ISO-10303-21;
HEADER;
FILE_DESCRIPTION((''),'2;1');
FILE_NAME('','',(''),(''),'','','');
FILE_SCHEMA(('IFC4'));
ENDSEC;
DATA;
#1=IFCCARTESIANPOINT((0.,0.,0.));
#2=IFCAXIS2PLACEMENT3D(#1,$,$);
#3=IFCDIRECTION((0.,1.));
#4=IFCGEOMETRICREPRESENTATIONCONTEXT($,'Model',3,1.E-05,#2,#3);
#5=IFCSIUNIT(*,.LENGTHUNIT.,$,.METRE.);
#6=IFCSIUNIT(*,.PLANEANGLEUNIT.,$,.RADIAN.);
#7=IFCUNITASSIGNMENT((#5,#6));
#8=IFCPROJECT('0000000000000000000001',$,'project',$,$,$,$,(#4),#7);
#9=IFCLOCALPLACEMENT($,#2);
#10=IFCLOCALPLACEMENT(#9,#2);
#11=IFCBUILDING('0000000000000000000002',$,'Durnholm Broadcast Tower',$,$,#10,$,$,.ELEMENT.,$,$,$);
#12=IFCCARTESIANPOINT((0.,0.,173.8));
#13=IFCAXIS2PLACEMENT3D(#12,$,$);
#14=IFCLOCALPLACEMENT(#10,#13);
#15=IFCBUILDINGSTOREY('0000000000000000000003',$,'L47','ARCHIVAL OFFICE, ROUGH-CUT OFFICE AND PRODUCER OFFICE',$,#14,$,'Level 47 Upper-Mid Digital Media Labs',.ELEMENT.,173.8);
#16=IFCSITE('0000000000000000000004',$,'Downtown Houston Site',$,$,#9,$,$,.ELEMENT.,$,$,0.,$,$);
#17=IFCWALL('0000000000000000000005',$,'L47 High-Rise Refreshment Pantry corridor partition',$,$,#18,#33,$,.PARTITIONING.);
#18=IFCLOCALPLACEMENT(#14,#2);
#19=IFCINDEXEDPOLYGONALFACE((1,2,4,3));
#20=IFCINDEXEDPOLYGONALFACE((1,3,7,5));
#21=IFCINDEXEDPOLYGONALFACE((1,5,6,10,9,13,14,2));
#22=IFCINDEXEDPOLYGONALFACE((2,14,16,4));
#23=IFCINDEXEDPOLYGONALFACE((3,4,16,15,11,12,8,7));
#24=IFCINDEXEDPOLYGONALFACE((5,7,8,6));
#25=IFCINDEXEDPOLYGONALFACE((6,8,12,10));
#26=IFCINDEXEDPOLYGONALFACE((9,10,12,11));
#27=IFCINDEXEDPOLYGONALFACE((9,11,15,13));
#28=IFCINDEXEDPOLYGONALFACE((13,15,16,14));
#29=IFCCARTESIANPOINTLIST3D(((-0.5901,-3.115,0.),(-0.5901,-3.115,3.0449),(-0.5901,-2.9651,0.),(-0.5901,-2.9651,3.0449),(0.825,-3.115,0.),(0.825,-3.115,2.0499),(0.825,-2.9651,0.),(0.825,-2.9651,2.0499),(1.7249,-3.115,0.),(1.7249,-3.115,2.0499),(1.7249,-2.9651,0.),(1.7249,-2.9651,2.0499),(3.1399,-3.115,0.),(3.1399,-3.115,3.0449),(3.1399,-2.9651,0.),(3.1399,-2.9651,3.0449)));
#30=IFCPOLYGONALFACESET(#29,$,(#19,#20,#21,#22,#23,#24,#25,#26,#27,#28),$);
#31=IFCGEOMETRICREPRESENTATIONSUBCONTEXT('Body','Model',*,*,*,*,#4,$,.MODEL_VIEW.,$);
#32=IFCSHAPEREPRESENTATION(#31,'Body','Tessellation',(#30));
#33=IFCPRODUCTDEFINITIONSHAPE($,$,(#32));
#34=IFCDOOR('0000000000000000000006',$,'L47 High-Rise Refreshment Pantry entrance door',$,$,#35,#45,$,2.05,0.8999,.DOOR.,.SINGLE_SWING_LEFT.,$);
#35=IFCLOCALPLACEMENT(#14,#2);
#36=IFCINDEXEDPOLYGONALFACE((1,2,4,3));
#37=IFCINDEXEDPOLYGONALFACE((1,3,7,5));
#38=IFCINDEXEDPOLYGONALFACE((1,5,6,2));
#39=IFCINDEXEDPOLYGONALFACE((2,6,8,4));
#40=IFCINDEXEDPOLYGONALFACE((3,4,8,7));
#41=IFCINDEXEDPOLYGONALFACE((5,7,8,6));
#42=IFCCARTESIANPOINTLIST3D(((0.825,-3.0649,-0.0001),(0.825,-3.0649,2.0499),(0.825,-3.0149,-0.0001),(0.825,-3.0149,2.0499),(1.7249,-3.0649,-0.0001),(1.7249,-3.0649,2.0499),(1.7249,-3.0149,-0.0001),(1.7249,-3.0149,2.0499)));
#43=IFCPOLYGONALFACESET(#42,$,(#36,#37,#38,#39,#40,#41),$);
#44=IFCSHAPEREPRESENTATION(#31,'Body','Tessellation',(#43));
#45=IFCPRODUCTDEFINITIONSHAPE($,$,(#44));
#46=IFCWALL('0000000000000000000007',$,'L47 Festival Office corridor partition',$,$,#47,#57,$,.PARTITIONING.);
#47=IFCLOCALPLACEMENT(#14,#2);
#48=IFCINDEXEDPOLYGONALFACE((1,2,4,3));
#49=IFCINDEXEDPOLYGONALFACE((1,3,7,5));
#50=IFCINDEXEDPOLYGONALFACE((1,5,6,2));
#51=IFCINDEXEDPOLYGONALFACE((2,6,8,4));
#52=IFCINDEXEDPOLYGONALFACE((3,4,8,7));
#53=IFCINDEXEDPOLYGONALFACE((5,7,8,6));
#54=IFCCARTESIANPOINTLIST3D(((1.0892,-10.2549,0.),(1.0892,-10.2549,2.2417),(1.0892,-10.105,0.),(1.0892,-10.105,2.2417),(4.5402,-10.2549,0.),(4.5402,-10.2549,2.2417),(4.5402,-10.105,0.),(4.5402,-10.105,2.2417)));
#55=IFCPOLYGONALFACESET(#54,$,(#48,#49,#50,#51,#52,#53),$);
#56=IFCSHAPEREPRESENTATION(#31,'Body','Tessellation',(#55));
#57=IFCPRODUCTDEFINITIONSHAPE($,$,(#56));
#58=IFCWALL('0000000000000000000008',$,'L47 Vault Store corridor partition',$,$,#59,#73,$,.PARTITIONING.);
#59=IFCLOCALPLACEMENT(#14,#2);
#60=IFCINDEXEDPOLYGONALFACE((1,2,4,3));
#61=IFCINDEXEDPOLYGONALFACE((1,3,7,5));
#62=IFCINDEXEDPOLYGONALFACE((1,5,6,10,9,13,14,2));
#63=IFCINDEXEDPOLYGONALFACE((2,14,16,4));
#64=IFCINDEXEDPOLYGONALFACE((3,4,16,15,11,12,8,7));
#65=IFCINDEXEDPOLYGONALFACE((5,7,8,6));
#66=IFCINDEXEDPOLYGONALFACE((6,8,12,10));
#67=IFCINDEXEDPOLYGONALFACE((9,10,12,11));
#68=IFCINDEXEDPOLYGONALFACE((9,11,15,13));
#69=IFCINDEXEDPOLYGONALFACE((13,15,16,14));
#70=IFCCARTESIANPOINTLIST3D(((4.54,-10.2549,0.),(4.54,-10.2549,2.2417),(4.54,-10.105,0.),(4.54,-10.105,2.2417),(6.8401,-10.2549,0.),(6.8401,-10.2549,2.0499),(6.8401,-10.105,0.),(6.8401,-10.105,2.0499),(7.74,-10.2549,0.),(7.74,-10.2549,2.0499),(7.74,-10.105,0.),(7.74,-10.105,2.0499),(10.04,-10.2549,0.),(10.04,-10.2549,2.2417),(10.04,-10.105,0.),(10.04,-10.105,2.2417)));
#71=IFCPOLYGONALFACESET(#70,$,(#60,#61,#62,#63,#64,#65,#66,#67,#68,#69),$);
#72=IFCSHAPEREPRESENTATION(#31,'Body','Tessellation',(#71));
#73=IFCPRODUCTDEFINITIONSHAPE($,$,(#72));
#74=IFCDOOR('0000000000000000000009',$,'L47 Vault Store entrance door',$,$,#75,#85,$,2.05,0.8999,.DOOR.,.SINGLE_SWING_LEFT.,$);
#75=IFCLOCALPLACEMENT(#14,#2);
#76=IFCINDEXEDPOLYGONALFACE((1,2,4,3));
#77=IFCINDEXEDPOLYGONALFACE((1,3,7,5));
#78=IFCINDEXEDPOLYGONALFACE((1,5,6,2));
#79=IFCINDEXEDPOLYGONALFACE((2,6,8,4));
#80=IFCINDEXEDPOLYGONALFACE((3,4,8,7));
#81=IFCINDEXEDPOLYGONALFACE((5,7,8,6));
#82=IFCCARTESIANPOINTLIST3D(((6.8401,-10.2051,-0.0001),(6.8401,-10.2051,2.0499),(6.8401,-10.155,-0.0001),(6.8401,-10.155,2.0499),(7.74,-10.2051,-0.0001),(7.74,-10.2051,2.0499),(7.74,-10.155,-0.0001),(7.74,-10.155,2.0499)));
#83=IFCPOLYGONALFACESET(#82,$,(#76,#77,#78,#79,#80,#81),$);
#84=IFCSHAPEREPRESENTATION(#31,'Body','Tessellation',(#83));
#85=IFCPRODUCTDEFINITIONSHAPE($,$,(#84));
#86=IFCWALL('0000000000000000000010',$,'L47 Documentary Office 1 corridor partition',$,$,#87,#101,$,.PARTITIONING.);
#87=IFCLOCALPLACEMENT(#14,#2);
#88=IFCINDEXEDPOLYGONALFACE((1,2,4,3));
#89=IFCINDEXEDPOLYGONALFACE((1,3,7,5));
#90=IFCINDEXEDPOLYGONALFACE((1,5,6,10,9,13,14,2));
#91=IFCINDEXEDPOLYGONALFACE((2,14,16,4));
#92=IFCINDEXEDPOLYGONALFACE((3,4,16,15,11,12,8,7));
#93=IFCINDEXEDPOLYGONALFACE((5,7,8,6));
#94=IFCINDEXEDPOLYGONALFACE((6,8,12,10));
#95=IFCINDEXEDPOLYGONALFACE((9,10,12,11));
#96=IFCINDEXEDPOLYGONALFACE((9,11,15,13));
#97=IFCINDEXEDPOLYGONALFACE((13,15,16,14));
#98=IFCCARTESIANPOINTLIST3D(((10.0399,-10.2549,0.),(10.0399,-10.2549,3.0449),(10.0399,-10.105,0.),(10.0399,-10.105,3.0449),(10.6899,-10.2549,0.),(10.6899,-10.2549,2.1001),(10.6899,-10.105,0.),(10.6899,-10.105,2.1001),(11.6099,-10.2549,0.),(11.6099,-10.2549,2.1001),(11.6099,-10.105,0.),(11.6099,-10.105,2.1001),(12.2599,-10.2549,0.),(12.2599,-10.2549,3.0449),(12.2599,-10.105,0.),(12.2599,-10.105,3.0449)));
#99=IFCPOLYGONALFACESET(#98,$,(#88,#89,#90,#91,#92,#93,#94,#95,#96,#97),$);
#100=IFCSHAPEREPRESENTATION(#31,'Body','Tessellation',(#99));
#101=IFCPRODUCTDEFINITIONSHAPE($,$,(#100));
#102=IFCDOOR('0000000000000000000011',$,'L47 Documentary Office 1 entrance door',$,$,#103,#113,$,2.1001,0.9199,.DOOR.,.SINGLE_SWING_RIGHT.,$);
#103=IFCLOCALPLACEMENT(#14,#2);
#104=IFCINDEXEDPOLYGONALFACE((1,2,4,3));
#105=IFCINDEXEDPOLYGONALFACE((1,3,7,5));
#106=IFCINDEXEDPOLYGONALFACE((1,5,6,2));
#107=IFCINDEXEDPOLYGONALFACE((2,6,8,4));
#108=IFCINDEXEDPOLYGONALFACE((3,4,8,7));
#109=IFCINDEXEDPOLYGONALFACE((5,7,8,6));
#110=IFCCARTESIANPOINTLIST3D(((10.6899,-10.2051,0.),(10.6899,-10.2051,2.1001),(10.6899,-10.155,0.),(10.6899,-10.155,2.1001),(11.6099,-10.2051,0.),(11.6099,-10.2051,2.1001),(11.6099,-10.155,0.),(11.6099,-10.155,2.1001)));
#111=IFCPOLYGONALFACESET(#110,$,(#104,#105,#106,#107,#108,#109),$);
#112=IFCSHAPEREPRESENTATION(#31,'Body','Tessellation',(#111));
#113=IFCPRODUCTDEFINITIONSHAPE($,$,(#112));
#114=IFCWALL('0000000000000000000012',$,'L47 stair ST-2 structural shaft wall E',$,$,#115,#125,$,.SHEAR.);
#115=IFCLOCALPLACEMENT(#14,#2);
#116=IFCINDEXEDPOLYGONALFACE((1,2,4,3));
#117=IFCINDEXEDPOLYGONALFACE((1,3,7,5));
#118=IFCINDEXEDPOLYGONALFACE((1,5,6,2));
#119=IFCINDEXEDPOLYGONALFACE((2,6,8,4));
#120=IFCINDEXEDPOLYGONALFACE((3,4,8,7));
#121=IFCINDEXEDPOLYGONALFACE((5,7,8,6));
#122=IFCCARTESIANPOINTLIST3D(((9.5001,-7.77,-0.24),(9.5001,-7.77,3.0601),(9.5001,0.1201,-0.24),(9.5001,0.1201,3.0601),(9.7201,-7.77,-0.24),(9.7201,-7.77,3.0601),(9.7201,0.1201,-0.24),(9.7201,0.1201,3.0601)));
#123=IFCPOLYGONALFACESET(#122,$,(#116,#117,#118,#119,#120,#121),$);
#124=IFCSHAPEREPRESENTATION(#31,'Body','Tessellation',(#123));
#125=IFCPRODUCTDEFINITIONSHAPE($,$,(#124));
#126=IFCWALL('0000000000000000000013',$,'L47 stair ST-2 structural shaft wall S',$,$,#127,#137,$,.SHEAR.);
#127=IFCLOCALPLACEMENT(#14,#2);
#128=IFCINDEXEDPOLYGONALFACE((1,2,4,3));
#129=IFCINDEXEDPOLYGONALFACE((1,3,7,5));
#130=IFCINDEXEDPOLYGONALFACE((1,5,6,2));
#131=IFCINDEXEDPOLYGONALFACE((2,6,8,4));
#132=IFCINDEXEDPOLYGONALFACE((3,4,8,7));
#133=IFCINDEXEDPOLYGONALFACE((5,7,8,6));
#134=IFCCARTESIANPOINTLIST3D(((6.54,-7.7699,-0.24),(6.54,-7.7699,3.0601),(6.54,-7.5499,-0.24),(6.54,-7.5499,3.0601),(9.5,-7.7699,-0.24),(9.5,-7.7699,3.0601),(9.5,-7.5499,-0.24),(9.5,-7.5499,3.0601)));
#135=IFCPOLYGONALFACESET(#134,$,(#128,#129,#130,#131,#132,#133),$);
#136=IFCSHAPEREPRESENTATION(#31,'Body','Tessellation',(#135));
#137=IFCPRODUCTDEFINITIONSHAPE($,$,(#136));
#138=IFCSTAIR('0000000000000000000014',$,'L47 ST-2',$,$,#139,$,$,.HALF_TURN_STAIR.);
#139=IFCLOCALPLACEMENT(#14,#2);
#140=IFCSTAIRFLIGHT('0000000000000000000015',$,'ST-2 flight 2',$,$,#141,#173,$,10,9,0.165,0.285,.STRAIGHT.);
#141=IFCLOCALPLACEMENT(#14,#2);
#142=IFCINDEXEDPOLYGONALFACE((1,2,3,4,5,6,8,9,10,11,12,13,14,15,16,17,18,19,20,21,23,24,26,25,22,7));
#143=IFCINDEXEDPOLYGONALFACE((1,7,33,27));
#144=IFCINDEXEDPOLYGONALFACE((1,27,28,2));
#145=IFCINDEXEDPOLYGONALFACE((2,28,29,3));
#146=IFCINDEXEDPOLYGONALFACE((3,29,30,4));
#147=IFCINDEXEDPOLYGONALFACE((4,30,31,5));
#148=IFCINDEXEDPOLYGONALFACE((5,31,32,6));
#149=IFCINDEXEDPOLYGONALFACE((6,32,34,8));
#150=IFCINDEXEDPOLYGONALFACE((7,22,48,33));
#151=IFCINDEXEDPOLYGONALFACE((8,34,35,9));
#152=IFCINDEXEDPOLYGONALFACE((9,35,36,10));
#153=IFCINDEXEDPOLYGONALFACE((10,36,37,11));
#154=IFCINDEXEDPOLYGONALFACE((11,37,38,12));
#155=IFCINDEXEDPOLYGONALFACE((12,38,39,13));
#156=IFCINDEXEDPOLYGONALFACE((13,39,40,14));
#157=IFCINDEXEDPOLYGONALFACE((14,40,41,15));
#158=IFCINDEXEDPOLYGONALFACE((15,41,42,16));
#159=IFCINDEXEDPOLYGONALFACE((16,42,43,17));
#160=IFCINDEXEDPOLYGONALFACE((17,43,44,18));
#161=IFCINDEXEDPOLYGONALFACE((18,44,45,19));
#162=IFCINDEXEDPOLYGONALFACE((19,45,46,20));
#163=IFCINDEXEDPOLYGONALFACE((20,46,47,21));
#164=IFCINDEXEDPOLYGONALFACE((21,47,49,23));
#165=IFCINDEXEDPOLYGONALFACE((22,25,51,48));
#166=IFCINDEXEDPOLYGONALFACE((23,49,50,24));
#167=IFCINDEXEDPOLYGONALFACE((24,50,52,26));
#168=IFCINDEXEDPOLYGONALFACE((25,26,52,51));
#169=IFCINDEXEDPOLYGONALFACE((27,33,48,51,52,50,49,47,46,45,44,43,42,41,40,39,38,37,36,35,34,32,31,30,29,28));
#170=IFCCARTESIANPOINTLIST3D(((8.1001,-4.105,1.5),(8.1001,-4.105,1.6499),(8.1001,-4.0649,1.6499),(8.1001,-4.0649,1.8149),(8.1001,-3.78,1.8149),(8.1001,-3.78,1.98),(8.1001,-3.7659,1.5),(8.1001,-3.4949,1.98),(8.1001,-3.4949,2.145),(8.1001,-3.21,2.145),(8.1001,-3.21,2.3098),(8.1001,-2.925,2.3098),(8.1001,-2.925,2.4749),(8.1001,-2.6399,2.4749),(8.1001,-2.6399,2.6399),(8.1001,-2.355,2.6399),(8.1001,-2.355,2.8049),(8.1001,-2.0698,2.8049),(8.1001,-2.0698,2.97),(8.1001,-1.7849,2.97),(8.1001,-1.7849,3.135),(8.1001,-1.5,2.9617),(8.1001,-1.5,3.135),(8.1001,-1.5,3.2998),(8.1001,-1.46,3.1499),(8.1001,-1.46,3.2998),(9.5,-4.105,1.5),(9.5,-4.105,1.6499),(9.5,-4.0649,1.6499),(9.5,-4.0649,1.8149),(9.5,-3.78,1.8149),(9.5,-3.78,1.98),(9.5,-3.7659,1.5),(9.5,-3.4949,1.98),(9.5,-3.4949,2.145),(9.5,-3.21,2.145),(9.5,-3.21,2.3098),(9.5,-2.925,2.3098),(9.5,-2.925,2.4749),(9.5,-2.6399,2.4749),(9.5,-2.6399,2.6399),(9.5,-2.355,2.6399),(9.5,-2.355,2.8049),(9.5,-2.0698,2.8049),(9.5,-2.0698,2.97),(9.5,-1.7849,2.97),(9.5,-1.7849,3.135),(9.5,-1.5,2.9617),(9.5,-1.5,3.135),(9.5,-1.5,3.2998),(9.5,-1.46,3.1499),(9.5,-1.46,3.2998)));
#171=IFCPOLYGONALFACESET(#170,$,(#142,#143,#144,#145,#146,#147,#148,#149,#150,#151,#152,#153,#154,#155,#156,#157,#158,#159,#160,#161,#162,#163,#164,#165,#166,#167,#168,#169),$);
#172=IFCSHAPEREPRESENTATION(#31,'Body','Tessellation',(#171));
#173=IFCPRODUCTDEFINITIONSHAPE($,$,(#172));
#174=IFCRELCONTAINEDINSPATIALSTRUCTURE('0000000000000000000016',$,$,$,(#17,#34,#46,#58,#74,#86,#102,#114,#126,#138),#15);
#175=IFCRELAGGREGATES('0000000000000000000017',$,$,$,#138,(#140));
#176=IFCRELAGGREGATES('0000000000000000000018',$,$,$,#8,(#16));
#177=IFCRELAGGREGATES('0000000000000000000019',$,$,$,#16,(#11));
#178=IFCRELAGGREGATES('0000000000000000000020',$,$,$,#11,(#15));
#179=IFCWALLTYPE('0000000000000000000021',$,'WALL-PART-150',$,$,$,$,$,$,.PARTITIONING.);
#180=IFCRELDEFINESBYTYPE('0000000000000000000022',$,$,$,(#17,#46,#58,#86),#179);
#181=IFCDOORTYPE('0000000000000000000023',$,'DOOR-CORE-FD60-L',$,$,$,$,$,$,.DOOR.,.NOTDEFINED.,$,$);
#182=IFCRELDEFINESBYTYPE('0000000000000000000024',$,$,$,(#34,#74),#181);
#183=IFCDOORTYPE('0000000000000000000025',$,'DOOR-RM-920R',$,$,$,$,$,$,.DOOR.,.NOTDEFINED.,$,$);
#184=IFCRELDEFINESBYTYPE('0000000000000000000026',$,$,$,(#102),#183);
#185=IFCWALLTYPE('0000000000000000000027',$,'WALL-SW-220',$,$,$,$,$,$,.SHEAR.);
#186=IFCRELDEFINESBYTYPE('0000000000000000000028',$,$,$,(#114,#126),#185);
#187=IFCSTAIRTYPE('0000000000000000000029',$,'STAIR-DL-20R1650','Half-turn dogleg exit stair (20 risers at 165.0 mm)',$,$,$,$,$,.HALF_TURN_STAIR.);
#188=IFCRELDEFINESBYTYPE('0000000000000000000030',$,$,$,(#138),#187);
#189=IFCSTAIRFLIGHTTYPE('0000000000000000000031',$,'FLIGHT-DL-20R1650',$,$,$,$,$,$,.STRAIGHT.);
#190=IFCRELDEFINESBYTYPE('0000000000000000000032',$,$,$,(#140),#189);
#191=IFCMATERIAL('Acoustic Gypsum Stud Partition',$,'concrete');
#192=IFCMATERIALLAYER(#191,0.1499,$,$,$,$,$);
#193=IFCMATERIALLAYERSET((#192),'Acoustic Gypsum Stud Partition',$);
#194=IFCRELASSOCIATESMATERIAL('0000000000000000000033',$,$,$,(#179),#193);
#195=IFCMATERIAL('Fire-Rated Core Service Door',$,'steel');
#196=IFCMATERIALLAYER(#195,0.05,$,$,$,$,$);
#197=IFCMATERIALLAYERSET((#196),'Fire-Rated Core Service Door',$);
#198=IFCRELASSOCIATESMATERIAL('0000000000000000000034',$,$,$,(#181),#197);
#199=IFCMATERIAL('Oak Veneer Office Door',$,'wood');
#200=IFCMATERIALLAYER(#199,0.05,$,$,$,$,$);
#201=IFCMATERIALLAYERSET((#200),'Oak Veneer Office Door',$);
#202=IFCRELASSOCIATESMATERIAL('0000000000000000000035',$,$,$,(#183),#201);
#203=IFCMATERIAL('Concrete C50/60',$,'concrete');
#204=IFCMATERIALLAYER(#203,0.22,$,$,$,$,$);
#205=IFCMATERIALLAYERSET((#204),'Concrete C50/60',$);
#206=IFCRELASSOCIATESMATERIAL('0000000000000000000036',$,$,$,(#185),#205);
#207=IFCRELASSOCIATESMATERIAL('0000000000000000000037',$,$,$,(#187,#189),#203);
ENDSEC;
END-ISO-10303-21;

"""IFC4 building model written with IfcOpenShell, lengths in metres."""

from ifc_helpers import new_model, si_unit, direction, frame, frame_2d, origin, place, context, subcontext, project, spatial, polyline, rectangle, outline, extrude, source, transform, mapped, material, layer, layer_set, type_object, type_shapes, element, fill, aggregate, save


model = new_model("IFC4")

# Units and contexts
model_context = context("Model", 3, precision=1e-05, world=origin(), true_north=direction((0.0, 1.0)))
body_context = subcontext(model_context, "Body", "Model", "MODEL_VIEW")
ifc_project = project(units=[si_unit("LENGTHUNIT", "METRE"), si_unit("PLANEANGLEUNIT", "RADIAN")], contexts=[model_context])

# Site, building, storey
site_placement = place(None, origin())
site = spatial("IfcSite", under=ifc_project, at=site_placement, Name="Downtown Houston Site", CompositionType="ELEMENT", RefElevation=0.0)
building_placement = place(site_placement, origin())
building = spatial("IfcBuilding", under=site, at=building_placement, Name="Durnholm Broadcast Tower", CompositionType="ELEMENT")
storey_placement = place(building_placement, frame((0.0, 0.0, 173.8)))
storey = spatial("IfcBuildingStorey", under=building, at=storey_placement, Name="L47", Description="ARCHIVAL OFFICE, ROUGH-CUT OFFICE AND PRODUCER OFFICE", LongName="Level 47 Upper-Mid Digital Media Labs", CompositionType="ELEMENT", Elevation=173.8)

# Wall, opening, door
ifc_material_1 = material(Name="Acoustic Gypsum Stud Partition", Category="concrete")
ifc_layer_1 = layer(ifc_material_1, 0.1499)
ifc_layer_set_1 = layer_set([ifc_layer_1], Name="Acoustic Gypsum Stud Partition")
wall_type_1 = type_object("IfcWallType", Name="WALL-PART-150", PredefinedType="PARTITIONING", material=ifc_layer_set_1)
ifc_material_2 = material(Name="Fire-Rated Core Service Door", Category="steel")
ifc_layer_2 = layer(ifc_material_2, 0.05)
ifc_layer_set_2 = layer_set([ifc_layer_2], Name="Fire-Rated Core Service Door")
door_type_1 = type_object("IfcDoorType", Name="DOOR-CORE-FD60-L", OperationType="NOTDEFINED", PredefinedType="DOOR", material=ifc_layer_set_2)
shared_shape_1 = source(origin(), body_context, "Body", "SweptSolid", [
    extrude(rectangle(XDim=0.8999, YDim=2.05, at=frame_2d((0.45, 1.0249))), frame((0.0, 0.0249, 0.0), z_axis=(0.0, -1.0, 0.0), x_axis=(1.0, 0.0, 0.0)), (0.0, 0.0, 1.0), 0.05),
])
type_shapes(door_type_1, [shared_shape_1])
wall_1_placement = place(storey_placement, frame((3.1399, -3.04, 0.0), z_axis=(0.0, 0.0, 1.0), x_axis=(-1.0, 0.0, 0.0)))
wall_1 = element("IfcWall", 1, at=wall_1_placement, inside=storey, type_object=wall_type_1, Name="L47 High-Rise Refreshment Pantry corridor partition", PredefinedType="PARTITIONING", context=body_context, shape_type="SweptSolid", body=[
    extrude(rectangle(XDim=3.73, YDim=0.1499, at=frame_2d((1.865, 0.0))), origin(), (0.0, 0.0, 1.0), 3.0449),
])
opening_1_placement = place(wall_1_placement, frame((1.415, 0.0, 0.0)))
opening_1 = element("IfcOpeningElement", 2, at=opening_1_placement, cuts=wall_1, PredefinedType="OPENING", context=body_context, shape_type="SweptSolid", body=[
    extrude(rectangle(XDim=0.8999, YDim=2.05, at=frame_2d((0.45, 1.0249))), frame((0.0, 0.085, 0.0), z_axis=(0.0, -1.0, 0.0), x_axis=(1.0, 0.0, 0.0)), (0.0, 0.0, 1.0), 0.1699),
])
door_1_placement = place(opening_1_placement, origin())
door_1 = element("IfcDoor", 3, at=door_1_placement, inside=storey, type_object=door_type_1, Name="L47 High-Rise Refreshment Pantry entrance door", OperationType="SINGLE_SWING_LEFT", OverallHeight=2.05, OverallWidth=0.8999, PredefinedType="DOOR", context=body_context, shape_type="MappedRepresentation", body=[
    mapped(shared_shape_1, transform((0.0, 0.0, 0.0), x_axis=(1.0, 0.0, 0.0), y_axis=(0.0, 1.0, 0.0), z_axis=(0.0, 0.0, 1.0), scale=1.0)),
])
fill(opening_1, door_1)

# Wall
wall_2_placement = place(storey_placement, frame((1.0891, -10.1799, 0.0), z_axis=(0.0, 0.0, 1.0), x_axis=(1.0, 0.0, 0.0)))
element("IfcWall", 4, at=wall_2_placement, inside=storey, type_object=wall_type_1, Name="L47 Festival Office corridor partition", PredefinedType="PARTITIONING", context=body_context, shape_type="SweptSolid", body=[
    extrude(rectangle(XDim=3.4509, YDim=0.1499, at=frame_2d((1.7256, 0.0))), origin(), (0.0, 0.0, 1.0), 2.2417),
])

# Walls, openings, doors
wall_3_placement = place(storey_placement, frame((4.54, -10.1799, 0.0), z_axis=(0.0, 0.0, 1.0), x_axis=(1.0, 0.0, 0.0)))
wall_3 = element("IfcWall", 5, at=wall_3_placement, inside=storey, type_object=wall_type_1, Name="L47 Vault Store corridor partition", PredefinedType="PARTITIONING", context=body_context, shape_type="SweptSolid", body=[
    extrude(rectangle(XDim=5.5, YDim=0.1499, at=frame_2d((2.75, 0.0))), origin(), (0.0, 0.0, 1.0), 2.2417),
])
opening_2_placement = place(wall_3_placement, frame((2.3, 0.0, 0.0)))
opening_2 = element("IfcOpeningElement", 6, at=opening_2_placement, cuts=wall_3, PredefinedType="OPENING", context=body_context, shape_type="SweptSolid", body=[
    extrude(rectangle(XDim=0.8999, YDim=2.05, at=frame_2d((0.45, 1.0249))), frame((0.0, 0.085, 0.0), z_axis=(0.0, -1.0, 0.0), x_axis=(1.0, 0.0, 0.0)), (0.0, 0.0, 1.0), 0.1699),
])
door_2_placement = place(opening_2_placement, origin())
door_2 = element("IfcDoor", 7, at=door_2_placement, inside=storey, type_object=door_type_1, Name="L47 Vault Store entrance door", OperationType="SINGLE_SWING_LEFT", OverallHeight=2.05, OverallWidth=0.8999, PredefinedType="DOOR", context=body_context, shape_type="MappedRepresentation", body=[
    mapped(shared_shape_1, transform((0.0, 0.0, 0.0), x_axis=(1.0, 0.0, 0.0), y_axis=(0.0, 1.0, 0.0), z_axis=(0.0, 0.0, 1.0), scale=1.0)),
])
fill(opening_2, door_2)
wall_4_placement = place(storey_placement, frame((10.04, -10.1799, 0.0), z_axis=(0.0, 0.0, 1.0), x_axis=(1.0, 0.0, 0.0)))
wall_4 = element("IfcWall", 8, at=wall_4_placement, inside=storey, type_object=wall_type_1, Name="L47 Documentary Office 1 corridor partition", PredefinedType="PARTITIONING", context=body_context, shape_type="SweptSolid", body=[
    extrude(rectangle(XDim=2.22, YDim=0.1499, at=frame_2d((1.1099, 0.0))), origin(), (0.0, 0.0, 1.0), 3.0449),
])
opening_3_placement = place(wall_4_placement, frame((0.6499, 0.0, 0.0)))
opening_3 = element("IfcOpeningElement", 9, at=opening_3_placement, cuts=wall_4, PredefinedType="OPENING", context=body_context, shape_type="SweptSolid", body=[
    extrude(rectangle(XDim=0.9199, YDim=2.1001, at=frame_2d((0.46, 1.05))), frame((0.0, 0.085, 0.0), z_axis=(0.0, -1.0, 0.0), x_axis=(1.0, 0.0, 0.0)), (0.0, 0.0, 1.0), 0.1699),
])
ifc_material_3 = material(Name="Oak Veneer Office Door", Category="wood")
ifc_layer_3 = layer(ifc_material_3, 0.05)
ifc_layer_set_3 = layer_set([ifc_layer_3], Name="Oak Veneer Office Door")
door_type_2 = type_object("IfcDoorType", Name="DOOR-RM-920R", OperationType="NOTDEFINED", PredefinedType="DOOR", material=ifc_layer_set_3)
shared_shape_2 = source(origin(), body_context, "Body", "SweptSolid", [
    extrude(rectangle(XDim=0.9199, YDim=2.1001, at=frame_2d((0.46, 1.05))), frame((0.0, 0.0249, 0.0), z_axis=(0.0, -1.0, 0.0), x_axis=(1.0, 0.0, 0.0)), (0.0, 0.0, 1.0), 0.05),
])
type_shapes(door_type_2, [shared_shape_2])
door_3_placement = place(opening_3_placement, origin())
door_3 = element("IfcDoor", 10, at=door_3_placement, inside=storey, type_object=door_type_2, Name="L47 Documentary Office 1 entrance door", OperationType="SINGLE_SWING_RIGHT", OverallHeight=2.1001, OverallWidth=0.9199, PredefinedType="DOOR", context=body_context, shape_type="MappedRepresentation", body=[
    mapped(shared_shape_2, transform((0.0, 0.0, 0.0), x_axis=(1.0, 0.0, 0.0), y_axis=(0.0, 1.0, 0.0), z_axis=(0.0, 0.0, 1.0), scale=1.0)),
])
fill(opening_3, door_3)

# Walls
ifc_material_4 = material(Name="Concrete C50/60", Category="concrete")
ifc_layer_4 = layer(ifc_material_4, 0.22)
ifc_layer_set_4 = layer_set([ifc_layer_4], Name="Concrete C50/60")
wall_type_2 = type_object("IfcWallType", Name="WALL-SW-220", PredefinedType="SHEAR", material=ifc_layer_set_4)
wall_5_placement = place(storey_placement, frame((9.6101, -7.77, -0.24), z_axis=(0.0, 0.0, 1.0), x_axis=(0.0, 1.0, 0.0)))
element("IfcWall", 11, at=wall_5_placement, inside=storey, type_object=wall_type_2, Name="L47 stair ST-2 structural shaft wall E", PredefinedType="SHEAR", context=body_context, shape_type="SweptSolid", body=[
    extrude(rectangle(XDim=7.8901, YDim=0.22, at=frame_2d((3.9451, 0.0))), origin(), (0.0, 0.0, 1.0), 3.3),
])
wall_6_placement = place(storey_placement, frame((6.54, -7.6599, -0.24), z_axis=(0.0, 0.0, 1.0), x_axis=(1.0, 0.0, 0.0)))
element("IfcWall", 12, at=wall_6_placement, inside=storey, type_object=wall_type_2, Name="L47 stair ST-2 structural shaft wall S", PredefinedType="SHEAR", context=body_context, shape_type="SweptSolid", body=[
    extrude(rectangle(XDim=2.96, YDim=0.22, at=frame_2d((1.48, 0.0))), origin(), (0.0, 0.0, 1.0), 3.3),
])

# Stair, stair flight
stair_type = type_object("IfcStairType", Name="STAIR-DL-20R1650", Description="Half-turn dogleg exit stair (20 risers at 165.0 mm)", PredefinedType="HALF_TURN_STAIR", material=ifc_material_4)
stair_placement = place(storey_placement, origin())
stair = element("IfcStair", 13, at=stair_placement, inside=storey, type_object=stair_type, Name="L47 ST-2", PredefinedType="HALF_TURN_STAIR")
stair_flight_type = type_object("IfcStairFlightType", Name="FLIGHT-DL-20R1650", PredefinedType="STRAIGHT", material=ifc_material_4)
stair_flight_placement = place(storey_placement, frame((8.8, -4.0649, 1.6499), z_axis=(0.0, 0.0, 1.0), x_axis=(0.0, 1.0, 0.0)))
stair_flight = element("IfcStairFlight", 14, at=stair_flight_placement, type_object=stair_flight_type, Name="ST-2 flight 2", NumberOfRisers=10, NumberOfTreads=9, PredefinedType="STRAIGHT", RiserHeight=0.165, TreadLength=0.285, context=body_context, shape_type="SweptSolid", body=[
    extrude(outline(polyline([(-0.04, -0.1499), (-0.04, 0.0), (0.0, 0.0), (0.0, 0.165), (0.2849, 0.165), (0.2849, 0.3301), (0.5701, 0.3301), (0.5701, 0.4951), (0.855, 0.4951), (0.855, 0.6599), (1.1399, 0.6599), (1.1399, 0.825), (1.425, 0.825), (1.425, 0.99), (1.71, 0.99), (1.71, 1.155), (1.9951, 1.155), (1.9951, 1.3201), (2.28, 1.3201), (2.28, 1.4851), (2.5649, 1.4851), (2.5649, 1.6499), (2.605, 1.6499), (2.605, 1.5), (2.5649, 1.3118), (0.2991, -0.1499), (-0.04, -0.1499)])), frame((0.0, 0.7, 0.0), z_axis=(0.0, -1.0, 0.0), x_axis=(1.0, 0.0, 0.0)), (0.0, 0.0, 1.0), 1.3999),
])
aggregate(stair, [stair_flight])

save(model, "model.ifc")
